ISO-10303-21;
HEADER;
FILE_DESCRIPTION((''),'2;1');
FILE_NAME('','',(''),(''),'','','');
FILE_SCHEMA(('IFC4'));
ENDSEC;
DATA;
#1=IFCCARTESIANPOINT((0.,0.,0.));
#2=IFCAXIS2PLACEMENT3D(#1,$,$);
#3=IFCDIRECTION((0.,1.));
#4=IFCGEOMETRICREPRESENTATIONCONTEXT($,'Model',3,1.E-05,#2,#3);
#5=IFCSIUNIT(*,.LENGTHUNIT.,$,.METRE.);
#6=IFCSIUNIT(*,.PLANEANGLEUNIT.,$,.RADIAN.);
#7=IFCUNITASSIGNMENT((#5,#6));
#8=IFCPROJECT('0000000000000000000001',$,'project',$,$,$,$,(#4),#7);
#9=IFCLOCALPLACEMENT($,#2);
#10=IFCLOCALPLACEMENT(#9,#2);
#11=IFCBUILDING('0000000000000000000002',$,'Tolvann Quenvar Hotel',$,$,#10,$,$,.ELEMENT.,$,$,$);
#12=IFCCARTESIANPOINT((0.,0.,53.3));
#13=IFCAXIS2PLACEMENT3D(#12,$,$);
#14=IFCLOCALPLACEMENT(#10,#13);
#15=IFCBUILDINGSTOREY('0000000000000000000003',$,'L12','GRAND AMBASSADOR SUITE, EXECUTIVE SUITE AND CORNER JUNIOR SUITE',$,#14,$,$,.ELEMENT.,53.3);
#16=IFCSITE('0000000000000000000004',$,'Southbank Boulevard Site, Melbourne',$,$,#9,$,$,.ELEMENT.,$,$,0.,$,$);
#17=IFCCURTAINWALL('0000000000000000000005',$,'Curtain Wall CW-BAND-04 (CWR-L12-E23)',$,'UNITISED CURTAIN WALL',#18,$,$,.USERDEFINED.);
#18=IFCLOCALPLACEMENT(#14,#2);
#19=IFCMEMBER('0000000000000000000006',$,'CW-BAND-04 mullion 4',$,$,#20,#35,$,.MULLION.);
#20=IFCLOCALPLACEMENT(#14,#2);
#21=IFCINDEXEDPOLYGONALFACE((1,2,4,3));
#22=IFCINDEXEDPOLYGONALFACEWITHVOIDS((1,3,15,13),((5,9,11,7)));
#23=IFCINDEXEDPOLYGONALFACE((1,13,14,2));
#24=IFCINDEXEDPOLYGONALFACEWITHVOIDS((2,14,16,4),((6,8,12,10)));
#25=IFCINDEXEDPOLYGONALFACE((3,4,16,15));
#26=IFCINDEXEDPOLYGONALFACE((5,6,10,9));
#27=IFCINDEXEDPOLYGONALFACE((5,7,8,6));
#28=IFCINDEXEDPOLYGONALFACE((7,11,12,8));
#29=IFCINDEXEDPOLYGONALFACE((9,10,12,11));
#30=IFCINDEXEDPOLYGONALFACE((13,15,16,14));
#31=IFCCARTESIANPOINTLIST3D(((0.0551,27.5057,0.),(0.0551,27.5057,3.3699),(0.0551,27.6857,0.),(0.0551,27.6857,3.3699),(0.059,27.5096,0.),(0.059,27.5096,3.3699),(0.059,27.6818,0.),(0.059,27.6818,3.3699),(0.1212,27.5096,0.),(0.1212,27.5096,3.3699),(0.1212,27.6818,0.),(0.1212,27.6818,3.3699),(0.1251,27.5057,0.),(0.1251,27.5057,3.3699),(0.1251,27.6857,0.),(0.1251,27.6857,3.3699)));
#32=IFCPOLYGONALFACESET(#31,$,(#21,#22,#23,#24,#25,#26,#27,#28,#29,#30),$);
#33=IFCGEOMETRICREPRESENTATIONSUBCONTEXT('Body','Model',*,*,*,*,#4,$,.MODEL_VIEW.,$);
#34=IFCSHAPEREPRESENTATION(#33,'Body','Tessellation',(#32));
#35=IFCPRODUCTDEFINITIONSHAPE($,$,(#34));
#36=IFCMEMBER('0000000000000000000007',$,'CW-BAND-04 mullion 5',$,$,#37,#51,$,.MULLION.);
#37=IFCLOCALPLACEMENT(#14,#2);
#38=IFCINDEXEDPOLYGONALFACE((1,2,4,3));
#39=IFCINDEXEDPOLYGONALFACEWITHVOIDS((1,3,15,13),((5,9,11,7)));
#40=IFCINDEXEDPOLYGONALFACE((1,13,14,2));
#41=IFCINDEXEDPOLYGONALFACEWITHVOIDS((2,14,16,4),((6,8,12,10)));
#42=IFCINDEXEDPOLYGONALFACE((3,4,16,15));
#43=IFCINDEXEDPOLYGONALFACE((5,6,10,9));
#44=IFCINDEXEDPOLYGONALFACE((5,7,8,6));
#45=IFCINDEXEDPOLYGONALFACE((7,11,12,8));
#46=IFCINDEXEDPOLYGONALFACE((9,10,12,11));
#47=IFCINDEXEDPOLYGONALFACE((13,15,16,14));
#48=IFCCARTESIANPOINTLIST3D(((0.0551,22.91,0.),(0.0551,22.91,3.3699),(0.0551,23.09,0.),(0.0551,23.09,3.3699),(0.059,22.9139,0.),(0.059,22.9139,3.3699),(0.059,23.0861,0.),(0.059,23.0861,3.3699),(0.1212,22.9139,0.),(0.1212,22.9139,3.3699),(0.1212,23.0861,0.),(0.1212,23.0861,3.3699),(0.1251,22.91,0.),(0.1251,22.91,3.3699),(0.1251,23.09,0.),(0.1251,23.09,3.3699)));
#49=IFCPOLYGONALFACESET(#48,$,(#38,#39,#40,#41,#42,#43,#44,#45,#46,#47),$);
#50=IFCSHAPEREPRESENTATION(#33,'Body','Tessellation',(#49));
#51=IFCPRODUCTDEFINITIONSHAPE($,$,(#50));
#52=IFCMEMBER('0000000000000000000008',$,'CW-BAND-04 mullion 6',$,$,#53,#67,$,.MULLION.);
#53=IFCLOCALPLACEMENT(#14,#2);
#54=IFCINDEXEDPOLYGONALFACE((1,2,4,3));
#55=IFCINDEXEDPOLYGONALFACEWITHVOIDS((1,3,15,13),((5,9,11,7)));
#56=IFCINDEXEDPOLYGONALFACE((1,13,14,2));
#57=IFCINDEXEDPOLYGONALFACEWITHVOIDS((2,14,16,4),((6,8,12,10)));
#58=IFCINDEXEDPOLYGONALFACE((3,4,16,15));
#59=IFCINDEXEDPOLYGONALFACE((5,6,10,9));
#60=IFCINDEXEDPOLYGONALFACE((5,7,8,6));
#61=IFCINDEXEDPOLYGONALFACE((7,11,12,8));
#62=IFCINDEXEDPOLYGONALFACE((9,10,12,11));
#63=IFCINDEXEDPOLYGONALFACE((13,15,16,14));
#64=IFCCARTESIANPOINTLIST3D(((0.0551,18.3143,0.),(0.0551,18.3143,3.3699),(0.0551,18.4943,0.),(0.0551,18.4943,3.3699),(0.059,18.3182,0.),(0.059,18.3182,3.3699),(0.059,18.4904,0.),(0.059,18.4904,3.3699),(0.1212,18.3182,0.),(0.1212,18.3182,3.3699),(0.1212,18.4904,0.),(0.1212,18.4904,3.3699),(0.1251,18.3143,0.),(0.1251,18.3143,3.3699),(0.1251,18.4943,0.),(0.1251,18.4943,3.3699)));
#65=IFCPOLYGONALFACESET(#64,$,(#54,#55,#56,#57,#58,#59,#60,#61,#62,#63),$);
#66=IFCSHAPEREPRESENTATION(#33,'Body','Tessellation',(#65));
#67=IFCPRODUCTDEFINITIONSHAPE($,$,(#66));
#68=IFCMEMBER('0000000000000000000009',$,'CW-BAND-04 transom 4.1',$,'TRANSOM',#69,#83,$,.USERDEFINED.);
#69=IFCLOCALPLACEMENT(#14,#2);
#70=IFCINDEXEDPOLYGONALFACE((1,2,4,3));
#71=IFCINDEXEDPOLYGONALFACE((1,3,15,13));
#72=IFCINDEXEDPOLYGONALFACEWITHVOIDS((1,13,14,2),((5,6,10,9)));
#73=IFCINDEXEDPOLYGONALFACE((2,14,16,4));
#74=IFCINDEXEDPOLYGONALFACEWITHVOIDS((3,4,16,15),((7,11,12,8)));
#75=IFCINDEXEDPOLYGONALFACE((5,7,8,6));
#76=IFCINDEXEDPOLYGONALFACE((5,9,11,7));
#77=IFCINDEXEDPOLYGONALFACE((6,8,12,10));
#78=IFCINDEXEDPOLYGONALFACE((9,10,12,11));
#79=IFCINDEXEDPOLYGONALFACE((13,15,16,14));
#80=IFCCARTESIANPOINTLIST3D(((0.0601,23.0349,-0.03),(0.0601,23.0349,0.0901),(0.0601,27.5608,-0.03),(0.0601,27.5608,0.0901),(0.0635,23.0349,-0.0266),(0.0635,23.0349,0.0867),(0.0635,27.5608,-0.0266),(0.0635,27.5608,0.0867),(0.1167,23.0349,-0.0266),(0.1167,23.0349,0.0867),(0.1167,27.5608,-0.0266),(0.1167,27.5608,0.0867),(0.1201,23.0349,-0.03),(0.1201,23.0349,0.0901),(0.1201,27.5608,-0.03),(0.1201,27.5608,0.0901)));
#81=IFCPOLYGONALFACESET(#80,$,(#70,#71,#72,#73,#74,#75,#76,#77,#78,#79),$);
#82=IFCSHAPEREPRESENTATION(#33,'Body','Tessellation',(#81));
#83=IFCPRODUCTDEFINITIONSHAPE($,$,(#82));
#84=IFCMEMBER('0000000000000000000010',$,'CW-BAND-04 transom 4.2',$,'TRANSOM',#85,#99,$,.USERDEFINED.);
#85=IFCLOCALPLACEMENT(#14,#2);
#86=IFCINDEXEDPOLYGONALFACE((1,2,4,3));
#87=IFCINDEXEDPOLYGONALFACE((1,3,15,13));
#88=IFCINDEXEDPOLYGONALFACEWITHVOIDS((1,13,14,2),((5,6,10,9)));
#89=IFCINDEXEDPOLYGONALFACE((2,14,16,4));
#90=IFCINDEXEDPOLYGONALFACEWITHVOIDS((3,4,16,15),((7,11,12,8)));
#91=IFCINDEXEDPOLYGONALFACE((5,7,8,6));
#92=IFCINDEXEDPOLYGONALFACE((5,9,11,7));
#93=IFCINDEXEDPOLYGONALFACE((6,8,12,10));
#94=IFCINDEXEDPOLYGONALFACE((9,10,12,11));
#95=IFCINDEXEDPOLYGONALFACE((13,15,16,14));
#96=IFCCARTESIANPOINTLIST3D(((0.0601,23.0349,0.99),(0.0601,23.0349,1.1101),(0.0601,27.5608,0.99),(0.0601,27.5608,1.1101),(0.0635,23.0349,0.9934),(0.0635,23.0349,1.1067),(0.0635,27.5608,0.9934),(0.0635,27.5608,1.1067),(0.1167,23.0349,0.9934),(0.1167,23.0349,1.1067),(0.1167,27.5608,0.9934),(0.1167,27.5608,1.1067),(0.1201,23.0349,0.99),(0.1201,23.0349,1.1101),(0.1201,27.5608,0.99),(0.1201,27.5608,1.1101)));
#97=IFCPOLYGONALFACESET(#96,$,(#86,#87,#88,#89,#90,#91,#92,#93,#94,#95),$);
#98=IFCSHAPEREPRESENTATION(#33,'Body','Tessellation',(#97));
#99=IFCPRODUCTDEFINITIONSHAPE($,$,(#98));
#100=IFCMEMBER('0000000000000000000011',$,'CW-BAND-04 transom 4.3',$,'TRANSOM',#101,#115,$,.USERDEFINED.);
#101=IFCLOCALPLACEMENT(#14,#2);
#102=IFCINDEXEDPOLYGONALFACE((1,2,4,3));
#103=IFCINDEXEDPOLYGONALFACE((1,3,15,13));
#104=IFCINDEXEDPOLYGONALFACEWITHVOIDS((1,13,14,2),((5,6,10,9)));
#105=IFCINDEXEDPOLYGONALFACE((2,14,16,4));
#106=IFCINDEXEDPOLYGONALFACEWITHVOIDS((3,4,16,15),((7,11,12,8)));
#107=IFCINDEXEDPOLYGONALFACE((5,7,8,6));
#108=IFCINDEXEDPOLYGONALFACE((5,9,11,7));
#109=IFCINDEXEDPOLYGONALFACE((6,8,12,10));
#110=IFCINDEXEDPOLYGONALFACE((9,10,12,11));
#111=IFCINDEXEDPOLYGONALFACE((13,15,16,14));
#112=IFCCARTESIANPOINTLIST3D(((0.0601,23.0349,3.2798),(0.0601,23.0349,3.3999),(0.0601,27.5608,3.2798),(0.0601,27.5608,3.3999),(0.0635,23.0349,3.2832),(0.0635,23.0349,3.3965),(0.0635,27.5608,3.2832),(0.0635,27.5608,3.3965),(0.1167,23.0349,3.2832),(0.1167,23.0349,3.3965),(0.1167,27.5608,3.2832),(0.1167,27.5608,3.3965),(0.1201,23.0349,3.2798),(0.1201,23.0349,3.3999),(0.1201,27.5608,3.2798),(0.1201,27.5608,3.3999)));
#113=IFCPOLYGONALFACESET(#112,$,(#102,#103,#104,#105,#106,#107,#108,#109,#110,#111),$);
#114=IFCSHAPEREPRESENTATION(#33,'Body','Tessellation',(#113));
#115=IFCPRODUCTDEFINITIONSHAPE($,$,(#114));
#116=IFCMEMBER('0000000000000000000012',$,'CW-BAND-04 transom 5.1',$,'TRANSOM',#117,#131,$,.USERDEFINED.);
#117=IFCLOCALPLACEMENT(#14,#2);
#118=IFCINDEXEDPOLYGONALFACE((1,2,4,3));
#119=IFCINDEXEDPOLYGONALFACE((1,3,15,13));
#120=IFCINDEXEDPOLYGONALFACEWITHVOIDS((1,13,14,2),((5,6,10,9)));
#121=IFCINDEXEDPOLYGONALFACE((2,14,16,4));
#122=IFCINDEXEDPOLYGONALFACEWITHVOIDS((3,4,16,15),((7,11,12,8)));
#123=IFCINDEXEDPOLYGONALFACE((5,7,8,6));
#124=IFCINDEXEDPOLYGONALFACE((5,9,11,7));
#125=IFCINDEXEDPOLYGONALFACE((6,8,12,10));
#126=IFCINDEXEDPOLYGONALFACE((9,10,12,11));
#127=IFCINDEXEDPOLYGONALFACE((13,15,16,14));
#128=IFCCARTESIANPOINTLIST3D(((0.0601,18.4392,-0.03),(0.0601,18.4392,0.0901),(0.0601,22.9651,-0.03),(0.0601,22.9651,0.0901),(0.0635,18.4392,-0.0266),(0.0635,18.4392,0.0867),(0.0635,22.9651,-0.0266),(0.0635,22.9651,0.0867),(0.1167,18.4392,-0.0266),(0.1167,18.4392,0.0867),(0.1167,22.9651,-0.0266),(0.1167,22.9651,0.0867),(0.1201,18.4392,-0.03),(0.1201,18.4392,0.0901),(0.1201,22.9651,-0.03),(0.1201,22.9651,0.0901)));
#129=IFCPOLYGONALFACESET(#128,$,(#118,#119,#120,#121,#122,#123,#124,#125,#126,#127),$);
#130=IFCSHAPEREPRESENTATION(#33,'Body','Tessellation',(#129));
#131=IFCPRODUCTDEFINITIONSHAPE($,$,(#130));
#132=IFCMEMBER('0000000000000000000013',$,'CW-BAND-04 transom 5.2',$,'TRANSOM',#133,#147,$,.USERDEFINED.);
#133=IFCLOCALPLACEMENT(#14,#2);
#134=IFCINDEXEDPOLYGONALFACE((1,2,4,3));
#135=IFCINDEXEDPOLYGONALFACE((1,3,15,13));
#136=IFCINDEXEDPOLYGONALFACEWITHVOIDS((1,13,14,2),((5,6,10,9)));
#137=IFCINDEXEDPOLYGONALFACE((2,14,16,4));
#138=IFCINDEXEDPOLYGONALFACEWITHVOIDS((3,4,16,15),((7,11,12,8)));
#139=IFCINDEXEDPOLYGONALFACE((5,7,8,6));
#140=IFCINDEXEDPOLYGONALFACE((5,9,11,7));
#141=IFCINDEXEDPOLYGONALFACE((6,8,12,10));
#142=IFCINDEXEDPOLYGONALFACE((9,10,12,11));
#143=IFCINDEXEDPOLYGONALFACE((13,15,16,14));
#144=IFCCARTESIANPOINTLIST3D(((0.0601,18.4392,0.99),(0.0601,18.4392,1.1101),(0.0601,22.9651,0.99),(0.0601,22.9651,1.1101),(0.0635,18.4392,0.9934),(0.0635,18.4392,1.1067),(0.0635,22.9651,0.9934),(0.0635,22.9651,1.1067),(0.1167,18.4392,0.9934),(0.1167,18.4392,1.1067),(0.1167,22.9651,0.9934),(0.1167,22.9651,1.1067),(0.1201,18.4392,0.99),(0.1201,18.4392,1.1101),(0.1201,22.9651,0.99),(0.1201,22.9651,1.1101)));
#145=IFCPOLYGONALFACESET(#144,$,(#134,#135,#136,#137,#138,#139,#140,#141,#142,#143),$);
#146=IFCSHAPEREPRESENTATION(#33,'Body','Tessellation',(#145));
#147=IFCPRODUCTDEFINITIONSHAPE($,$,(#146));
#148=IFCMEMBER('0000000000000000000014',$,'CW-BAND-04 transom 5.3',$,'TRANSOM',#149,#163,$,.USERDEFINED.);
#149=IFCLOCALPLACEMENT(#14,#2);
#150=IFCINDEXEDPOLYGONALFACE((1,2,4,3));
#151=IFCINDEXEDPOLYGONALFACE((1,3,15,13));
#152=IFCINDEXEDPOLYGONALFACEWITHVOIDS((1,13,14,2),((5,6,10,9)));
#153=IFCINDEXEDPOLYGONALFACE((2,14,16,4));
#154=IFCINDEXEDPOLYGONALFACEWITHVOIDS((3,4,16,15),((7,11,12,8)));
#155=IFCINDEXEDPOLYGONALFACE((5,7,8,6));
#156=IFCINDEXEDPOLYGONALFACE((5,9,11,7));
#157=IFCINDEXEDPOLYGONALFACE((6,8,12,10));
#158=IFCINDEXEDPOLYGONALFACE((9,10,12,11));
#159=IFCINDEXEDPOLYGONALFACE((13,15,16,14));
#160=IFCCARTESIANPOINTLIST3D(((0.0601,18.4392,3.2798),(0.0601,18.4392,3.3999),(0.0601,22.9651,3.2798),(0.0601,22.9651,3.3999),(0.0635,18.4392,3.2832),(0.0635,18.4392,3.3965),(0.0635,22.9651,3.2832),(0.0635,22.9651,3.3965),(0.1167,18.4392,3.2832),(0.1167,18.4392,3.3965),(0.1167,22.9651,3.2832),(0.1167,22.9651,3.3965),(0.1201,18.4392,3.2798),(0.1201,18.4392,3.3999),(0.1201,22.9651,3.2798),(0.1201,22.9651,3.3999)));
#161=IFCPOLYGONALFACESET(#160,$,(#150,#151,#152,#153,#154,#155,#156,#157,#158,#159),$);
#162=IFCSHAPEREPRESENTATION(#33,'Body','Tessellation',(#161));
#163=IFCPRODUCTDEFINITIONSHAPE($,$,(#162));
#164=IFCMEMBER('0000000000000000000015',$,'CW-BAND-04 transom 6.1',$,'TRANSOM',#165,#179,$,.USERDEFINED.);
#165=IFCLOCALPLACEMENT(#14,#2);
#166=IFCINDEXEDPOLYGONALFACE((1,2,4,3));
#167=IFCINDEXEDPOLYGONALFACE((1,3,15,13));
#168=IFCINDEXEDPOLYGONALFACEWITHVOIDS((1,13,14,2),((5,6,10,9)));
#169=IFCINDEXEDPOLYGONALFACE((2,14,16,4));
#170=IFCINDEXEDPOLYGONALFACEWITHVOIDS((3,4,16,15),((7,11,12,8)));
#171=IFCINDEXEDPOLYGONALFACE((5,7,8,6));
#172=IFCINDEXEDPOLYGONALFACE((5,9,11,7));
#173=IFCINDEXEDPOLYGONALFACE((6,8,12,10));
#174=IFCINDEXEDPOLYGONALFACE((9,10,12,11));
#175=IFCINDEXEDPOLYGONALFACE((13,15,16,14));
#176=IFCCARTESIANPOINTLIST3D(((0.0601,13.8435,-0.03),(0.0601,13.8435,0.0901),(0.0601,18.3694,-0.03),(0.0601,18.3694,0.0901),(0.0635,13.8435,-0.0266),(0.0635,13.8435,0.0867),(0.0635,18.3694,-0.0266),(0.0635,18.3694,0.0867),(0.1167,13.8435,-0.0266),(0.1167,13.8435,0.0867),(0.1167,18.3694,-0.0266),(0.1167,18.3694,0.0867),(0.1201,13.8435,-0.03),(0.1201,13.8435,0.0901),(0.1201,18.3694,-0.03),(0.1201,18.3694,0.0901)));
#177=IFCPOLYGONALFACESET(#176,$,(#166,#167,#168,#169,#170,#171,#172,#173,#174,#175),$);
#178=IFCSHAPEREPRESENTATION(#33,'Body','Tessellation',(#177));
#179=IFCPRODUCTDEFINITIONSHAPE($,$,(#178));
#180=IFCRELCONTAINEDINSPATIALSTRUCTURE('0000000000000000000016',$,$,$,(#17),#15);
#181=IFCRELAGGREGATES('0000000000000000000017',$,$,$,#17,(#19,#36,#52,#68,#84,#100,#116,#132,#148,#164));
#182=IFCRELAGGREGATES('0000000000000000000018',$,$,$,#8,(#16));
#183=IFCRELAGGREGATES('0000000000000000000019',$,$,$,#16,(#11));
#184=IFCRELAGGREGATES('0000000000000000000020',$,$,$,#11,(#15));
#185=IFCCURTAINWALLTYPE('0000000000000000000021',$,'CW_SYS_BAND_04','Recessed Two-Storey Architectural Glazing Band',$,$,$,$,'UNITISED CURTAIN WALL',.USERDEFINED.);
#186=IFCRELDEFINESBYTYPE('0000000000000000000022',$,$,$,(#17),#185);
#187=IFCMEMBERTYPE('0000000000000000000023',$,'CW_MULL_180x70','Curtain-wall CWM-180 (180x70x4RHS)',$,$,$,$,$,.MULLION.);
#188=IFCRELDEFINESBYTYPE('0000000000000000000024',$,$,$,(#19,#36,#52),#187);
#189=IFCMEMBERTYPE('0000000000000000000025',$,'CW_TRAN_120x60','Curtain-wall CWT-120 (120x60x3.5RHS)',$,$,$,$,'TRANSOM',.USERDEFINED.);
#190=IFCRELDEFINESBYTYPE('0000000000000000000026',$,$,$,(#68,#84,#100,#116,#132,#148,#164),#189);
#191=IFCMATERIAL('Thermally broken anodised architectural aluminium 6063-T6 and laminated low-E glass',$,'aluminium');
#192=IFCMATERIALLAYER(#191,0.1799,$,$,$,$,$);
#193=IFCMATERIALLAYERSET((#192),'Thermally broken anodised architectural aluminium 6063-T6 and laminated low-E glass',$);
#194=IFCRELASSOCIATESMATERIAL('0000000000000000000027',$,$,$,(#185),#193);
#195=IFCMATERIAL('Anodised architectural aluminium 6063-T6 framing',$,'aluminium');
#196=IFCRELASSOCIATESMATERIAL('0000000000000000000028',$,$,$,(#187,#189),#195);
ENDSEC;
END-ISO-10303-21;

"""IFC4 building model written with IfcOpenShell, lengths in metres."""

from ifc_helpers import new_model, si_unit, direction, frame, origin, origin_2d, place, context, subcontext, project, spatial, hollow_rectangle, extrude, source, transform, mapped, material, layer, layer_set, material_profile, profile_set, type_object, type_shapes, element, aggregate, save


model = new_model("IFC4")

# Units and contexts
model_context = context("Model", 3, precision=1e-05, world=origin(), true_north=direction((0.0, 1.0)))
body_context = subcontext(model_context, "Body", "Model", "MODEL_VIEW")
ifc_project = project(units=[si_unit("LENGTHUNIT", "METRE"), si_unit("PLANEANGLEUNIT", "RADIAN")], contexts=[model_context])

# Site, building, storey
site_placement = place(None, origin())
site = spatial("IfcSite", under=ifc_project, at=site_placement, Name="Southbank Boulevard Site, Melbourne", CompositionType="ELEMENT", RefElevation=0.0)
building_placement = place(site_placement, origin())
building = spatial("IfcBuilding", under=site, at=building_placement, Name="Tolvann Quenvar Hotel", CompositionType="ELEMENT")
storey_placement = place(building_placement, frame((0.0, 0.0, 53.3)))
storey = spatial("IfcBuildingStorey", under=building, at=storey_placement, Name="L12", Description="GRAND AMBASSADOR SUITE, EXECUTIVE SUITE AND CORNER JUNIOR SUITE", CompositionType="ELEMENT", Elevation=53.3)

# Curtain wall, members
ifc_material_1 = material(Name="Thermally broken anodised architectural aluminium 6063-T6 and laminated low-E glass", Category="aluminium")
ifc_layer_1 = layer(ifc_material_1, 0.1799)
ifc_layer_set_1 = layer_set([ifc_layer_1], Name="Thermally broken anodised architectural aluminium 6063-T6 and laminated low-E glass")
curtain_wall_type = type_object("IfcCurtainWallType", Name="CW_SYS_BAND_04", Description="Recessed Two-Storey Architectural Glazing Band", ElementType="UNITISED CURTAIN WALL", PredefinedType="USERDEFINED", material=ifc_layer_set_1)
curtain_wall_placement = place(storey_placement, origin())
curtain_wall = element("IfcCurtainWall", 1, at=curtain_wall_placement, inside=storey, type_object=curtain_wall_type, Name="Curtain Wall CW-BAND-04 (CWR-L12-E23)", ObjectType="UNITISED CURTAIN WALL", PredefinedType="USERDEFINED")
ifc_material_2 = material(Name="Anodised architectural aluminium 6063-T6 framing", Category="aluminium")
ifc_material_profile_1 = material_profile(ifc_material_2, hollow_rectangle(XDim=0.0701, YDim=0.1799, WallThickness=0.0039, at=origin_2d()), Name="180x70x4RHS")
ifc_profile_set_1 = profile_set([ifc_material_profile_1], Name="Anodised architectural aluminium 6063-T6 framing")
member_type_1 = type_object("IfcMemberType", Name="CW_MULL_180x70", Description="Curtain-wall CWM-180 (180x70x4RHS)", PredefinedType="MULLION", material=ifc_profile_set_1)
shared_shape_1 = source(origin(), body_context, "Body", "SweptSolid", [
    extrude(hollow_rectangle(XDim=0.0701, YDim=0.1799, WallThickness=0.0039, at=origin_2d()), origin(), (0.0, 0.0, 1.0), 3.3699),
])
type_shapes(member_type_1, [shared_shape_1])
member_1_placement = place(storey_placement, frame((0.0901, 27.5957, 0.0), z_axis=(0.0, 0.0, 1.0), x_axis=(1.0, 0.0, 0.0)))
member_1 = element("IfcMember", 2, at=member_1_placement, type_object=member_type_1, Name="CW-BAND-04 mullion 4", PredefinedType="MULLION", context=body_context, shape_type="MappedRepresentation", body=[
    mapped(shared_shape_1, transform((0.0, 0.0, 0.0), x_axis=(1.0, 0.0, 0.0), y_axis=(0.0, 1.0, 0.0), z_axis=(0.0, 0.0, 1.0), scale=1.0)),
])
member_2_placement = place(storey_placement, frame((0.0901, 23.0, 0.0), z_axis=(0.0, 0.0, 1.0), x_axis=(1.0, 0.0, 0.0)))
member_2 = element("IfcMember", 3, at=member_2_placement, type_object=member_type_1, Name="CW-BAND-04 mullion 5", PredefinedType="MULLION", context=body_context, shape_type="MappedRepresentation", body=[
    mapped(shared_shape_1, transform((0.0, 0.0, 0.0), x_axis=(1.0, 0.0, 0.0), y_axis=(0.0, 1.0, 0.0), z_axis=(0.0, 0.0, 1.0), scale=1.0)),
])
member_3_placement = place(storey_placement, frame((0.0901, 18.4043, 0.0), z_axis=(0.0, 0.0, 1.0), x_axis=(1.0, 0.0, 0.0)))
member_3 = element("IfcMember", 4, at=member_3_placement, type_object=member_type_1, Name="CW-BAND-04 mullion 6", PredefinedType="MULLION", context=body_context, shape_type="MappedRepresentation", body=[
    mapped(shared_shape_1, transform((0.0, 0.0, 0.0), x_axis=(1.0, 0.0, 0.0), y_axis=(0.0, 1.0, 0.0), z_axis=(0.0, 0.0, 1.0), scale=1.0)),
])
ifc_material_profile_2 = material_profile(ifc_material_2, hollow_rectangle(XDim=0.0601, YDim=0.1201, WallThickness=0.0034, at=origin_2d()), Name="120x60x3.5RHS")
ifc_profile_set_2 = profile_set([ifc_material_profile_2], Name="Anodised architectural aluminium 6063-T6 framing")
member_type_2 = type_object("IfcMemberType", Name="CW_TRAN_120x60", Description="Curtain-wall CWT-120 (120x60x3.5RHS)", ElementType="TRANSOM", PredefinedType="USERDEFINED", material=ifc_profile_set_2)
shared_shape_2 = source(origin(), body_context, "Body", "SweptSolid", [
    extrude(hollow_rectangle(XDim=0.0601, YDim=0.1201, WallThickness=0.0034, at=origin_2d()), origin(), (0.0, 0.0, 1.0), 4.5259),
])
type_shapes(member_type_2, [shared_shape_2])
member_4_placement = place(storey_placement, frame((0.0901, 27.5608, 0.03), z_axis=(0.0, -1.0, 0.0), x_axis=(1.0, 0.0, 0.0)))
member_4 = element("IfcMember", 5, at=member_4_placement, type_object=member_type_2, Name="CW-BAND-04 transom 4.1", ObjectType="TRANSOM", PredefinedType="USERDEFINED", context=body_context, shape_type="MappedRepresentation", body=[
    mapped(shared_shape_2, transform((0.0, 0.0, 0.0), x_axis=(1.0, 0.0, 0.0), y_axis=(0.0, 1.0, 0.0), z_axis=(0.0, 0.0, 1.0), scale=1.0)),
])
member_5_placement = place(storey_placement, frame((0.0901, 27.5608, 1.05), z_axis=(0.0, -1.0, 0.0), x_axis=(1.0, 0.0, 0.0)))
member_5 = element("IfcMember", 6, at=member_5_placement, type_object=member_type_2, Name="CW-BAND-04 transom 4.2", ObjectType="TRANSOM", PredefinedType="USERDEFINED", context=body_context, shape_type="MappedRepresentation", body=[
    mapped(shared_shape_2, transform((0.0, 0.0, 0.0), x_axis=(1.0, 0.0, 0.0), y_axis=(0.0, 1.0, 0.0), z_axis=(0.0, 0.0, 1.0), scale=1.0)),
])
member_6_placement = place(storey_placement, frame((0.0901, 27.5608, 3.3398), z_axis=(0.0, -1.0, 0.0), x_axis=(1.0, 0.0, 0.0)))
member_6 = element("IfcMember", 7, at=member_6_placement, type_object=member_type_2, Name="CW-BAND-04 transom 4.3", ObjectType="TRANSOM", PredefinedType="USERDEFINED", context=body_context, shape_type="MappedRepresentation", body=[
    mapped(shared_shape_2, transform((0.0, 0.0, 0.0), x_axis=(1.0, 0.0, 0.0), y_axis=(0.0, 1.0, 0.0), z_axis=(0.0, 0.0, 1.0), scale=1.0)),
])
member_7_placement = place(storey_placement, frame((0.0901, 22.9651, 0.03), z_axis=(0.0, -1.0, 0.0), x_axis=(1.0, 0.0, 0.0)))
member_7 = element("IfcMember", 8, at=member_7_placement, type_object=member_type_2, Name="CW-BAND-04 transom 5.1", ObjectType="TRANSOM", PredefinedType="USERDEFINED", context=body_context, shape_type="MappedRepresentation", body=[
    mapped(shared_shape_2, transform((0.0, 0.0, 0.0), x_axis=(1.0, 0.0, 0.0), y_axis=(0.0, 1.0, 0.0), z_axis=(0.0, 0.0, 1.0), scale=1.0)),
])
member_8_placement = place(storey_placement, frame((0.0901, 22.9651, 1.05), z_axis=(0.0, -1.0, 0.0), x_axis=(1.0, 0.0, 0.0)))
member_8 = element("IfcMember", 9, at=member_8_placement, type_object=member_type_2, Name="CW-BAND-04 transom 5.2", ObjectType="TRANSOM", PredefinedType="USERDEFINED", context=body_context, shape_type="MappedRepresentation", body=[
    mapped(shared_shape_2, transform((0.0, 0.0, 0.0), x_axis=(1.0, 0.0, 0.0), y_axis=(0.0, 1.0, 0.0), z_axis=(0.0, 0.0, 1.0), scale=1.0)),
])
member_9_placement = place(storey_placement, frame((0.0901, 22.9651, 3.3398), z_axis=(0.0, -1.0, 0.0), x_axis=(1.0, 0.0, 0.0)))
member_9 = element("IfcMember", 10, at=member_9_placement, type_object=member_type_2, Name="CW-BAND-04 transom 5.3", ObjectType="TRANSOM", PredefinedType="USERDEFINED", context=body_context, shape_type="MappedRepresentation", body=[
    mapped(shared_shape_2, transform((0.0, 0.0, 0.0), x_axis=(1.0, 0.0, 0.0), y_axis=(0.0, 1.0, 0.0), z_axis=(0.0, 0.0, 1.0), scale=1.0)),
])
member_10_placement = place(storey_placement, frame((0.0901, 18.3694, 0.03), z_axis=(0.0, -1.0, 0.0), x_axis=(1.0, 0.0, 0.0)))
member_10 = element("IfcMember", 11, at=member_10_placement, type_object=member_type_2, Name="CW-BAND-04 transom 6.1", ObjectType="TRANSOM", PredefinedType="USERDEFINED", context=body_context, shape_type="MappedRepresentation", body=[
    mapped(shared_shape_2, transform((0.0, 0.0, 0.0), x_axis=(1.0, 0.0, 0.0), y_axis=(0.0, 1.0, 0.0), z_axis=(0.0, 0.0, 1.0), scale=1.0)),
])
aggregate(curtain_wall, [member_1, member_2, member_3, member_4, member_5, member_6, member_7, member_8, member_9, member_10])

save(model, "model.ifc")
